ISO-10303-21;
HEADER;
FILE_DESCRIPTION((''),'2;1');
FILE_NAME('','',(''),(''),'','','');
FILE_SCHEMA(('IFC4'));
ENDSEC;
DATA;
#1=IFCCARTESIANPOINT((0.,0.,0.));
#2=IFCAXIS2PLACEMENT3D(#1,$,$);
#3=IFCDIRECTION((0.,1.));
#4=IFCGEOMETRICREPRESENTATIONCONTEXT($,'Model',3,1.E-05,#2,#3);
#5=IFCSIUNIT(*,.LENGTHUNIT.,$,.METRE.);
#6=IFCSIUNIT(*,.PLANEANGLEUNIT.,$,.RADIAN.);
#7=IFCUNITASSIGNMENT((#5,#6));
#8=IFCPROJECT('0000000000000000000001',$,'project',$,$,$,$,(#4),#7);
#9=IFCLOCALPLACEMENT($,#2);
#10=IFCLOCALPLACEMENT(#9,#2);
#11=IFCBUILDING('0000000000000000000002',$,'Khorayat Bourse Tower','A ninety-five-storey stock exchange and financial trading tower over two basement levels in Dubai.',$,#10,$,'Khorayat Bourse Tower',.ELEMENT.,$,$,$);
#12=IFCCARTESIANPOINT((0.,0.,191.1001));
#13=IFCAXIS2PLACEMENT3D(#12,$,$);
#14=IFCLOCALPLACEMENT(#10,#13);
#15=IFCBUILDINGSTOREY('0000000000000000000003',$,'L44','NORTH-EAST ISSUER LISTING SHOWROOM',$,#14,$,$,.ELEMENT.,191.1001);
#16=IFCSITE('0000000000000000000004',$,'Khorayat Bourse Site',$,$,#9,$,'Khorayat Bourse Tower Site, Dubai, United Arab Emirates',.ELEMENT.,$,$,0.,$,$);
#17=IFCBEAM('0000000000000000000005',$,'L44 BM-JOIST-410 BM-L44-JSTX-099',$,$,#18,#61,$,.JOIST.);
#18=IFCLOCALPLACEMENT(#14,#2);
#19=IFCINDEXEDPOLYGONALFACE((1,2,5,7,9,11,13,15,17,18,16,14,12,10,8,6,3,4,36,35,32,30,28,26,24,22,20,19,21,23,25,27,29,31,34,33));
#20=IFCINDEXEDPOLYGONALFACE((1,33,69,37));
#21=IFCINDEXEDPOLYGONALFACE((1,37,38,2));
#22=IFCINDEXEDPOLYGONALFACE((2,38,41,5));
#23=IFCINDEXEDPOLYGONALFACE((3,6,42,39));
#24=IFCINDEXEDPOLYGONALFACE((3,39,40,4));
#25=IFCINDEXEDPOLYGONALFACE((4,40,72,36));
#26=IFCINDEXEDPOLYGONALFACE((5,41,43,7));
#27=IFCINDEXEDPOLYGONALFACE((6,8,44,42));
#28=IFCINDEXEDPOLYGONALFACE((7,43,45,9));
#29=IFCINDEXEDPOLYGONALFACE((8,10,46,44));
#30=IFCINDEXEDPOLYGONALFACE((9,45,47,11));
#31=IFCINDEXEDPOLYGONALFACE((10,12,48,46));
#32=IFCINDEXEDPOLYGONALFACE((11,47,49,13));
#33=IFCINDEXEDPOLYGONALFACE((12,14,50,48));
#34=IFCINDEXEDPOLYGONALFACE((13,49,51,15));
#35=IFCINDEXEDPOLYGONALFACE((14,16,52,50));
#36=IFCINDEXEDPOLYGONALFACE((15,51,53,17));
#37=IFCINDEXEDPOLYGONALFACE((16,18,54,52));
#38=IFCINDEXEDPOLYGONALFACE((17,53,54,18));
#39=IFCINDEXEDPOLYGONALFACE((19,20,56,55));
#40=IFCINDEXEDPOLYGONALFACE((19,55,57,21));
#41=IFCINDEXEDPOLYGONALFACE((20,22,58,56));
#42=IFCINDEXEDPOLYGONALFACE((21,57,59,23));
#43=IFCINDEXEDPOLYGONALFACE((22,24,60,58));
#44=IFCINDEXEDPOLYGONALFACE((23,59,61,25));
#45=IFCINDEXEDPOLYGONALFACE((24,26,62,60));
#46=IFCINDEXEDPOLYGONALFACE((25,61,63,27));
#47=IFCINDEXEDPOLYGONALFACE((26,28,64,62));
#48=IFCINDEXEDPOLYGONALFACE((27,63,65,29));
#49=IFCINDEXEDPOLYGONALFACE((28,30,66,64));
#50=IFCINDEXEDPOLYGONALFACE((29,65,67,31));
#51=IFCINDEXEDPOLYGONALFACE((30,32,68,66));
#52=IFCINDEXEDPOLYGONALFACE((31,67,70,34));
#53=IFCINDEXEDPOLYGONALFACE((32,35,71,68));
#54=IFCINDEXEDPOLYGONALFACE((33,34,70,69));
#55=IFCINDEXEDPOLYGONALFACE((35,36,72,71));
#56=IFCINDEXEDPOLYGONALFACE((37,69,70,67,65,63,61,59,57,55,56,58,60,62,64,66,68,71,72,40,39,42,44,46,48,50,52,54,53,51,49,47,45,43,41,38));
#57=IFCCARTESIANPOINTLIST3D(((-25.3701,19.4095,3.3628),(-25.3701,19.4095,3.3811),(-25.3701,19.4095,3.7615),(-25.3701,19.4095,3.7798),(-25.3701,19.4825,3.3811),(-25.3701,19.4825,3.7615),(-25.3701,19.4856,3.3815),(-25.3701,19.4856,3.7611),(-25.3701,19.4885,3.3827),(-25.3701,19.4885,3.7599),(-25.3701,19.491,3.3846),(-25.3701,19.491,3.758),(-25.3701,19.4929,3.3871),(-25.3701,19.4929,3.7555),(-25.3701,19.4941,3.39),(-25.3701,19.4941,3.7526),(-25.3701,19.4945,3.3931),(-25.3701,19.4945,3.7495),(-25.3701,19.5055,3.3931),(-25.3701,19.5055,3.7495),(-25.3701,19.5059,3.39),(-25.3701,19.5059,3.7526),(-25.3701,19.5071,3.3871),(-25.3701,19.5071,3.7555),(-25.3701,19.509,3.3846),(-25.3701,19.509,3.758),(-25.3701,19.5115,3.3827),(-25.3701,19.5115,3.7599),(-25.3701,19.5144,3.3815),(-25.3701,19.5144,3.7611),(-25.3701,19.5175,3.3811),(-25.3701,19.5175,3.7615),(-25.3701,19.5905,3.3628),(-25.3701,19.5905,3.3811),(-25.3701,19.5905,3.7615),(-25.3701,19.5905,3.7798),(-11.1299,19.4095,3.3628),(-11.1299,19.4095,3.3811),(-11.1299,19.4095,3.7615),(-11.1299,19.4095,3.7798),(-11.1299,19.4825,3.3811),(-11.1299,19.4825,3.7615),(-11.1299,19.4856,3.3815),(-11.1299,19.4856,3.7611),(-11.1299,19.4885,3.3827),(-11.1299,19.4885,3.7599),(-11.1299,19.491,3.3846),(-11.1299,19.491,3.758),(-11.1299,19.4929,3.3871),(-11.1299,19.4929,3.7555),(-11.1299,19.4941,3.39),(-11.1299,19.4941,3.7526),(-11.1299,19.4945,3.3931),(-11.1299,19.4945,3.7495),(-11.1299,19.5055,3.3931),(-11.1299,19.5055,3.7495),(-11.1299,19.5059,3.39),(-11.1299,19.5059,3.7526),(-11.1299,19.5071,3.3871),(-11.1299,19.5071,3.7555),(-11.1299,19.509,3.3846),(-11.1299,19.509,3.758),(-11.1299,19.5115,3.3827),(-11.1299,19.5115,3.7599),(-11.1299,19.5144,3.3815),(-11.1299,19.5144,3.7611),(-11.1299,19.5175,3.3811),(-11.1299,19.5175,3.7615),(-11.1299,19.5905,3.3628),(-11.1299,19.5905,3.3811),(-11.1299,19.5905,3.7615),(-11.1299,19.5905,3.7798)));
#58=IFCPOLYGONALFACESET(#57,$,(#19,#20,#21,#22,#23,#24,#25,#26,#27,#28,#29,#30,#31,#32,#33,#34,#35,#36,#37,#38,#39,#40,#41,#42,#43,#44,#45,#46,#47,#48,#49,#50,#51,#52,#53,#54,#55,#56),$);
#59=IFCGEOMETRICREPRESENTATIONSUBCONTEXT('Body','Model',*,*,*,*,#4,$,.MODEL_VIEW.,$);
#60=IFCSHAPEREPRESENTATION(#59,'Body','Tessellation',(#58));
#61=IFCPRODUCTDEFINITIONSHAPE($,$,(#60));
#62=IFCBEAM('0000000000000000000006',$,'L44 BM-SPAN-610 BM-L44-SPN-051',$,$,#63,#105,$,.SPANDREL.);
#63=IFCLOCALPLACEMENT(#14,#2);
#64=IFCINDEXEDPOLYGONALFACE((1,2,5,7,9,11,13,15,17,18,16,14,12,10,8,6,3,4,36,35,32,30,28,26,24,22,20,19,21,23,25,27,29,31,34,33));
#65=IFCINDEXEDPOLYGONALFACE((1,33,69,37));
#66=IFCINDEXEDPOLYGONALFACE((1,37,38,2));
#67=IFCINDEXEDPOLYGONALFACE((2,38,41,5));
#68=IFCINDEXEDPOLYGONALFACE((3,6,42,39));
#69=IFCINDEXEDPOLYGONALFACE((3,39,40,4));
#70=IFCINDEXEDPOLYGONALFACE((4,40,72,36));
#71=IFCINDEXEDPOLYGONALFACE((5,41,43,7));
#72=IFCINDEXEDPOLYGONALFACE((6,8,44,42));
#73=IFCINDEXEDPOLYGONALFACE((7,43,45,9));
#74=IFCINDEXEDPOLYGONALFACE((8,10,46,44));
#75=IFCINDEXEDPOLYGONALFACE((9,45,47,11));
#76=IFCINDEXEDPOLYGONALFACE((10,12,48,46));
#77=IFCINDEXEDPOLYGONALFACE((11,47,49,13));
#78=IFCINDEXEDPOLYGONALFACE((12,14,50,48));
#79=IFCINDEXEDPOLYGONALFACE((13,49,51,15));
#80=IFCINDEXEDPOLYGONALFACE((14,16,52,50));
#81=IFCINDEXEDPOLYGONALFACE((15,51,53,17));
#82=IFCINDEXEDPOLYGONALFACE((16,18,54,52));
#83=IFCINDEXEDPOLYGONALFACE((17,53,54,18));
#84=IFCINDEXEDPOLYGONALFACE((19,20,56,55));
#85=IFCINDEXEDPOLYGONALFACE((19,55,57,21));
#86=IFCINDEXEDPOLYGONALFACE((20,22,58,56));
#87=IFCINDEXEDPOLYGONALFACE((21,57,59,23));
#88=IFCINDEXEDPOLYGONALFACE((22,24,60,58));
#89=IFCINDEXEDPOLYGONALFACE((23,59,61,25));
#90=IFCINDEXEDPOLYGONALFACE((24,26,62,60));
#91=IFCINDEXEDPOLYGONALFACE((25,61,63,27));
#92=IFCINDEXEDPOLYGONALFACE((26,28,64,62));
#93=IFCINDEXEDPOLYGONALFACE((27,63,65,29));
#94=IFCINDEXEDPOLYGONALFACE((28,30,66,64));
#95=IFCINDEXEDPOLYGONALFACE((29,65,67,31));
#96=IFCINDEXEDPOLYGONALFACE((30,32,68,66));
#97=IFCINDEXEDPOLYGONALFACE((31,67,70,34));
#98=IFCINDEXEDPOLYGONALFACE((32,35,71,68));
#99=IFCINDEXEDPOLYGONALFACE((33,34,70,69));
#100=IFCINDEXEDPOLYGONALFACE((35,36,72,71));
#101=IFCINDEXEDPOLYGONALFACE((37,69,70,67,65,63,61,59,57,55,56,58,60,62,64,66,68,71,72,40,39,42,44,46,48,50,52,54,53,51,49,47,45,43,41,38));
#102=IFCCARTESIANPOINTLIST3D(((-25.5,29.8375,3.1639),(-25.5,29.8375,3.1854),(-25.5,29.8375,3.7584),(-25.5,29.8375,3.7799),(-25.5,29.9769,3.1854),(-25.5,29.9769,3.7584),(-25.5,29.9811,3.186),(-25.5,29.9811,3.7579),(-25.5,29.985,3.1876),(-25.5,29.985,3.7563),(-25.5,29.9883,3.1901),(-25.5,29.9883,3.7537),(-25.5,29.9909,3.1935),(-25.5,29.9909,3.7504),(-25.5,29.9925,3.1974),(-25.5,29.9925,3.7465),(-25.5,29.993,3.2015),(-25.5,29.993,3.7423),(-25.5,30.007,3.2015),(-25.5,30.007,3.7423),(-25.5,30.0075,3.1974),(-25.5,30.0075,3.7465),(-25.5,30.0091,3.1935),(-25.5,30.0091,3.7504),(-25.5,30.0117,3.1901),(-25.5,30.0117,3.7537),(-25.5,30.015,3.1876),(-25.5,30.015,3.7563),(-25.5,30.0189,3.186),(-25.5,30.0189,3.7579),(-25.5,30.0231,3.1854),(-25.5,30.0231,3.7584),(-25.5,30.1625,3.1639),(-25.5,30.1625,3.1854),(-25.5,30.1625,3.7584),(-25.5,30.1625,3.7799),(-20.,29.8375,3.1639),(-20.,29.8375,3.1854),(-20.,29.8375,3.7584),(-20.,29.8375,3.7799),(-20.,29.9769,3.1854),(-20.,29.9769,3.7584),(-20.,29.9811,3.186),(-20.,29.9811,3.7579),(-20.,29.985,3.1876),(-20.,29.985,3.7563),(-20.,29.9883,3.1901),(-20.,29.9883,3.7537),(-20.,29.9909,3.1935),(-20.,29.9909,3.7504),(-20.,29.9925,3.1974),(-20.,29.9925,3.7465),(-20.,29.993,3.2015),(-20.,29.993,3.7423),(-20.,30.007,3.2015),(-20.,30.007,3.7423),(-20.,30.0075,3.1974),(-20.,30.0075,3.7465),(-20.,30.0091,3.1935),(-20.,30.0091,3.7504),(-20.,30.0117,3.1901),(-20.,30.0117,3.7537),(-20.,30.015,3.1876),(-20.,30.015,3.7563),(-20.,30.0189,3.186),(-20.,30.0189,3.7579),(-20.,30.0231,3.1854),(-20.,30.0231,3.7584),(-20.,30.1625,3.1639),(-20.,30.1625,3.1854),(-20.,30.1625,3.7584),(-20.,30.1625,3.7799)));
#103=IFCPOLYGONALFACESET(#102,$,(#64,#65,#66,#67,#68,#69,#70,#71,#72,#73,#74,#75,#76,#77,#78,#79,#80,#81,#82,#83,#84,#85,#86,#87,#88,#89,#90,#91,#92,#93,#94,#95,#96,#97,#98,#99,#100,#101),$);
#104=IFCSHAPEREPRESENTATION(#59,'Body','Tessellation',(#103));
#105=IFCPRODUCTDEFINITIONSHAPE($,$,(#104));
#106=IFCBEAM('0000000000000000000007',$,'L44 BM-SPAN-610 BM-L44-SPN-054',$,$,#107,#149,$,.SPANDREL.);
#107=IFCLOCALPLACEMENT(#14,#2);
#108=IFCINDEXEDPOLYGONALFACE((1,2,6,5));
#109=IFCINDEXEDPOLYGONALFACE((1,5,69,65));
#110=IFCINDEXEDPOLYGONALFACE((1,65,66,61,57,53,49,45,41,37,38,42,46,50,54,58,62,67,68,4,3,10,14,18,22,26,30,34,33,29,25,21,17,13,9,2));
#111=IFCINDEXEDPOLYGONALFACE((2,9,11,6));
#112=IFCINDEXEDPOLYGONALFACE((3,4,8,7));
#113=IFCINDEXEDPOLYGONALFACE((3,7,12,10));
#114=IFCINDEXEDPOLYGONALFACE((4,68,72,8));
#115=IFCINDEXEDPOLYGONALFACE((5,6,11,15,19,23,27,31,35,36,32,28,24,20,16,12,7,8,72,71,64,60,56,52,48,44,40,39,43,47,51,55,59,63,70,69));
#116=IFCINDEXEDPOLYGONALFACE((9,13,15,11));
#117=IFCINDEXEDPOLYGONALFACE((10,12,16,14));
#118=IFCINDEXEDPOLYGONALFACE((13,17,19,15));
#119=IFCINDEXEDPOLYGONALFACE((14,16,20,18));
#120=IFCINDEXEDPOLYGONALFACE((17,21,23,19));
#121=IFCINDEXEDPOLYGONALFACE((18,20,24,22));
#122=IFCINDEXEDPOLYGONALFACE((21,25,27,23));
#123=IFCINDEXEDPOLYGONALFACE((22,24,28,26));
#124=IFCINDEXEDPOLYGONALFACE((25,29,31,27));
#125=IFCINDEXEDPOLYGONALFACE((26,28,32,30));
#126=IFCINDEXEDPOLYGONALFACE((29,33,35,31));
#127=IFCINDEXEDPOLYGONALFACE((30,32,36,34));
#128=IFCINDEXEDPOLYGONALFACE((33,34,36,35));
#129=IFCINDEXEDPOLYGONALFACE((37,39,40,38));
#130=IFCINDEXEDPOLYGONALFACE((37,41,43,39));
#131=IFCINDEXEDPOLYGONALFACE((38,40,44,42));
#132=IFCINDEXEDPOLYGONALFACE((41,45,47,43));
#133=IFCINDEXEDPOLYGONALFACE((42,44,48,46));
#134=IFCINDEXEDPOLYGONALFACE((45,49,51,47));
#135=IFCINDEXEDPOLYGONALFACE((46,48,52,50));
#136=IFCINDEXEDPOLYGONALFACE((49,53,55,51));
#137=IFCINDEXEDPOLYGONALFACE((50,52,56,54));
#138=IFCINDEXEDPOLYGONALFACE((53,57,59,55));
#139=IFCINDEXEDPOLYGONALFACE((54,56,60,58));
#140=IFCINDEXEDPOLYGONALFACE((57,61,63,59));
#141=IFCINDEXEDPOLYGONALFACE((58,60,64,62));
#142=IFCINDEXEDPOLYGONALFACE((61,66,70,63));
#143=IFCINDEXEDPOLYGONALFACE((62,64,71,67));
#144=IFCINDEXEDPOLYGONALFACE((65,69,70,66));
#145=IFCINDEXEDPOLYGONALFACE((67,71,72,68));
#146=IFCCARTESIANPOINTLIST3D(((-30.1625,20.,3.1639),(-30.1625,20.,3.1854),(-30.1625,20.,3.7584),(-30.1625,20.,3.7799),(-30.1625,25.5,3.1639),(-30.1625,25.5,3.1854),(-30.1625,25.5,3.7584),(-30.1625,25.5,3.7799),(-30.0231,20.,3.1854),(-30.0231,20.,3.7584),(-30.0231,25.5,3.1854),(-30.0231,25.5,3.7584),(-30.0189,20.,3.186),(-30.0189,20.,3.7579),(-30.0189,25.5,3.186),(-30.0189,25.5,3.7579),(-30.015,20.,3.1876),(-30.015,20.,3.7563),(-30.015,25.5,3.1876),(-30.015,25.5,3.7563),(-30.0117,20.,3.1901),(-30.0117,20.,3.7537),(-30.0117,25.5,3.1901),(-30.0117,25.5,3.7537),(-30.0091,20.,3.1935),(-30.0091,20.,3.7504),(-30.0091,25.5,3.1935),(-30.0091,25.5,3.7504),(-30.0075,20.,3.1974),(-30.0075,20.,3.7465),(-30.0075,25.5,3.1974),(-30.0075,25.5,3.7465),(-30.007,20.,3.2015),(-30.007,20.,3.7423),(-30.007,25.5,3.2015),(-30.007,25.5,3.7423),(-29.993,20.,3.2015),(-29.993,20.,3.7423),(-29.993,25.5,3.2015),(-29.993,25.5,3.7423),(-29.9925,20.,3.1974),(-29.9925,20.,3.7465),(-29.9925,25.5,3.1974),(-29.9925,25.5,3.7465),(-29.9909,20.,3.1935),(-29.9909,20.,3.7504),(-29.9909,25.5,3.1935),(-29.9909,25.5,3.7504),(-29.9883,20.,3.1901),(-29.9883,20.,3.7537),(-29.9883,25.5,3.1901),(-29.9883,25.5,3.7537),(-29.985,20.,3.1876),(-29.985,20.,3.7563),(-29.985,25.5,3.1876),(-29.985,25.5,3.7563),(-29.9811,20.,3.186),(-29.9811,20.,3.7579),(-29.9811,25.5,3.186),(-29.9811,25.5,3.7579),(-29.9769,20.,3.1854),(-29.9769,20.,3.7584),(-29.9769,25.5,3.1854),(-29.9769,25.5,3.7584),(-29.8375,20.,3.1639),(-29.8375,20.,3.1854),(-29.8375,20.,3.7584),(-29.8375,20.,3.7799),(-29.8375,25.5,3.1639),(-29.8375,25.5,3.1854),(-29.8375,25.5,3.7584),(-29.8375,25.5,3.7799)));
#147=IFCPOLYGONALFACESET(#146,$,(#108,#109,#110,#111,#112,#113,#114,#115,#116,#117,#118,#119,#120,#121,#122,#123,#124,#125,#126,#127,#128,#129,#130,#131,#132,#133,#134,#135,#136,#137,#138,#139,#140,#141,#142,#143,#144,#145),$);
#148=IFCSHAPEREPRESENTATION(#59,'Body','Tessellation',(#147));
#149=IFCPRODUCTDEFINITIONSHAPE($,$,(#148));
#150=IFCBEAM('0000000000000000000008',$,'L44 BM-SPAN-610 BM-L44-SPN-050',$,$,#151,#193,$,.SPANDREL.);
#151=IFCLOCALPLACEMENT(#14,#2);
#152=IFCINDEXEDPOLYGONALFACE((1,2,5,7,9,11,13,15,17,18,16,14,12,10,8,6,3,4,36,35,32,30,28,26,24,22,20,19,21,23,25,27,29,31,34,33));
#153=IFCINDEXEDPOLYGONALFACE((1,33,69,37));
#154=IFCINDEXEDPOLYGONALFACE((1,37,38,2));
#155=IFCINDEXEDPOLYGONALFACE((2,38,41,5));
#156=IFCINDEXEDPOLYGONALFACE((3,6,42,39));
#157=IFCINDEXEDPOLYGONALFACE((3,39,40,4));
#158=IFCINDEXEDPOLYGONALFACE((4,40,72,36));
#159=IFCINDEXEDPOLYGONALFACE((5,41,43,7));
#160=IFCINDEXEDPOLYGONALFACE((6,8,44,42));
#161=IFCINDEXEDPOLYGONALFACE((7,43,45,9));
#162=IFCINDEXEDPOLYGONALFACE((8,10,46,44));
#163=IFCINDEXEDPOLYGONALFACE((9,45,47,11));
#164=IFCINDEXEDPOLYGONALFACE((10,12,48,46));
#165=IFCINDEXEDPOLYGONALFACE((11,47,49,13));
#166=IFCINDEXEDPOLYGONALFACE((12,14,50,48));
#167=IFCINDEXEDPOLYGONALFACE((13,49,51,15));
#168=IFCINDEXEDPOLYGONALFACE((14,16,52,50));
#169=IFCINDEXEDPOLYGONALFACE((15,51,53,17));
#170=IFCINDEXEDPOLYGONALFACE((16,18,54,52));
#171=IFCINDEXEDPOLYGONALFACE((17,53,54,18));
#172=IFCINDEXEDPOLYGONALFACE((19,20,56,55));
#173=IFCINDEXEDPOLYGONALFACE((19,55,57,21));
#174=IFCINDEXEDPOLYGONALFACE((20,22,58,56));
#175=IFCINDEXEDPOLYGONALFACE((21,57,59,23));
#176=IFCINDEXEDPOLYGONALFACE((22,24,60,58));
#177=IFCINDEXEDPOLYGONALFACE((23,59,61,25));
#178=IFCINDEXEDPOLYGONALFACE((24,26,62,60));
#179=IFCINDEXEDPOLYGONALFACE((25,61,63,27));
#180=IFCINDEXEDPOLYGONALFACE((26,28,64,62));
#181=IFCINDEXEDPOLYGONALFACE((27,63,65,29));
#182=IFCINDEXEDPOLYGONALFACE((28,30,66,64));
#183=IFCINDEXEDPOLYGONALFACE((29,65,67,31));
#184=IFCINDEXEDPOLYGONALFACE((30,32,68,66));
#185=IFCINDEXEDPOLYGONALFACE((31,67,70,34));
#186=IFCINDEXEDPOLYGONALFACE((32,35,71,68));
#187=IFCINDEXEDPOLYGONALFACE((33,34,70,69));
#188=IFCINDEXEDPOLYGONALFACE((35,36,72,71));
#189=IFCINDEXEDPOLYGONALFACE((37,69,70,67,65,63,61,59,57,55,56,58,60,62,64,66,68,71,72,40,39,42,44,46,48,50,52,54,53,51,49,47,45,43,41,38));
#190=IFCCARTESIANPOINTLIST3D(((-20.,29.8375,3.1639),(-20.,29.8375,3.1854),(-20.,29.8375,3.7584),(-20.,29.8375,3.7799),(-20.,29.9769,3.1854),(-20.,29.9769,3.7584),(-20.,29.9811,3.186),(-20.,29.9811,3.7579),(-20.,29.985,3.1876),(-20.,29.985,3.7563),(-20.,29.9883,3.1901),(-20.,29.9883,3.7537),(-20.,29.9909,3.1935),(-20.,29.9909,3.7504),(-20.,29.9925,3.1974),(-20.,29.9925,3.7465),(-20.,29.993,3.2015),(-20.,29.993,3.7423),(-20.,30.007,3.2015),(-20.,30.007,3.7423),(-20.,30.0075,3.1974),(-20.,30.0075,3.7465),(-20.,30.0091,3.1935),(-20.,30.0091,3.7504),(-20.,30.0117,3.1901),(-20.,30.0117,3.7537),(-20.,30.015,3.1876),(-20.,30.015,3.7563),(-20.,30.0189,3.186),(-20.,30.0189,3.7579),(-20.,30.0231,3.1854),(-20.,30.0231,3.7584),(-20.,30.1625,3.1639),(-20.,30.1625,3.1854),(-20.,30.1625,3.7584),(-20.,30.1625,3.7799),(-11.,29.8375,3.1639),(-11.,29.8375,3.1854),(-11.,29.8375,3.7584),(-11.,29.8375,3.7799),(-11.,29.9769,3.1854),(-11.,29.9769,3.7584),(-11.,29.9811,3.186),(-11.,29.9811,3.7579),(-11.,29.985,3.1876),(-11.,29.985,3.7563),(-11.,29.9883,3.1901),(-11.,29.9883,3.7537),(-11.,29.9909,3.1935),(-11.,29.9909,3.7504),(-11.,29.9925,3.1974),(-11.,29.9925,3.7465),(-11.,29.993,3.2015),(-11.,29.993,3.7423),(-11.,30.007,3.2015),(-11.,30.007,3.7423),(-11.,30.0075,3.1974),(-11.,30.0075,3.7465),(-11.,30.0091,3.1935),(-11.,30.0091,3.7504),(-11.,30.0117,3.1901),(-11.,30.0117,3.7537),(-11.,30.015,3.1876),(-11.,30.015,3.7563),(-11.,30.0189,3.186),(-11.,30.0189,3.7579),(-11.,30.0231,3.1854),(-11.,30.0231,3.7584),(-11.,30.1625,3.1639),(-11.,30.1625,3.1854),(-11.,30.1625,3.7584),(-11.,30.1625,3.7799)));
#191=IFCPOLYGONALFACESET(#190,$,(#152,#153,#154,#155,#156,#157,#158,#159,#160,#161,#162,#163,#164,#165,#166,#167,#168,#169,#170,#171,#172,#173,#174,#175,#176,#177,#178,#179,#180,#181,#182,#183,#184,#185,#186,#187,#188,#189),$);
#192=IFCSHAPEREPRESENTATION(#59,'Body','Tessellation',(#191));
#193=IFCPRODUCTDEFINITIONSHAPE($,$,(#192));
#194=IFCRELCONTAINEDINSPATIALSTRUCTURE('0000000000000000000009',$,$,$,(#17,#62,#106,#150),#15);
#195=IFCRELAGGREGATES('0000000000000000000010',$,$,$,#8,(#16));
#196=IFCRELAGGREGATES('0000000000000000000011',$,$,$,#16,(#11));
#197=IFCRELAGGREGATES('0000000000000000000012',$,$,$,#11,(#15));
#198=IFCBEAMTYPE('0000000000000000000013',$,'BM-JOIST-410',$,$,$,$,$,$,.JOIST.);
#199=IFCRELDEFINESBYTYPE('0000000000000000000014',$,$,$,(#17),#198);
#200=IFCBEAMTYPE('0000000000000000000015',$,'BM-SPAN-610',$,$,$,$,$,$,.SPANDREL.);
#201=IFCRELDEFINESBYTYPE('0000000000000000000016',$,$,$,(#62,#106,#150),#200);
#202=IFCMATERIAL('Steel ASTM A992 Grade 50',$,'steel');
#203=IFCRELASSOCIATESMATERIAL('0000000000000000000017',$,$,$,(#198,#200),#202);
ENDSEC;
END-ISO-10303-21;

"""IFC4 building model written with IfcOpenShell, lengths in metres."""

from ifc_helpers import new_model, si_unit, direction, frame, origin, origin_2d, place, context, subcontext, project, spatial, i_section, extrude, source, transform, mapped, material, material_profile, profile_set, type_object, element, save


model = new_model("IFC4")

# Units and contexts
model_context = context("Model", 3, precision=1e-05, world=origin(), true_north=direction((0.0, 1.0)))
body_context = subcontext(model_context, "Body", "Model", "MODEL_VIEW")
ifc_project = project(units=[si_unit("LENGTHUNIT", "METRE"), si_unit("PLANEANGLEUNIT", "RADIAN")], contexts=[model_context])

# Site, building, storey
site_placement = place(None, origin())
site = spatial("IfcSite", under=ifc_project, at=site_placement, Name="Khorayat Bourse Site", LongName="Khorayat Bourse Tower Site, Dubai, United Arab Emirates", CompositionType="ELEMENT", RefElevation=0.0)
building_placement = place(site_placement, origin())
building = spatial("IfcBuilding", under=site, at=building_placement, Name="Khorayat Bourse Tower", Description="A ninety-five-storey stock exchange and financial trading tower over two basement levels in Dubai.", LongName="Khorayat Bourse Tower", CompositionType="ELEMENT")
storey_placement = place(building_placement, frame((0.0, 0.0, 191.1001)))
storey = spatial("IfcBuildingStorey", under=building, at=storey_placement, Name="L44", Description="NORTH-EAST ISSUER LISTING SHOWROOM", CompositionType="ELEMENT", Elevation=191.1001)

# Beams
ifc_material_1 = material(Name="Steel ASTM A992 Grade 50", Category="steel")
ifc_material_profile_1 = material_profile(ifc_material_1, i_section(OverallWidth=0.1809, OverallDepth=0.417, WebThickness=0.011, FlangeThickness=0.0183, FilletRadius=0.012, at=origin_2d()), Name="W410X85")
ifc_profile_set_1 = profile_set([ifc_material_profile_1], Name="Steel ASTM A992 Grade 50")
beam_type_1 = type_object("IfcBeamType", Name="BM-JOIST-410", PredefinedType="JOIST", material=ifc_profile_set_1)
shared_shape_1 = source(origin(), body_context, "Body", "SweptSolid", [
    extrude(i_section(OverallWidth=0.1809, OverallDepth=0.417, WebThickness=0.011, FlangeThickness=0.0183, FilletRadius=0.012, at=origin_2d()), origin(), (0.0, 0.0, 1.0), 14.2402),
])
beam_1_placement = place(storey_placement, frame((-25.3701, 19.5, 3.5713), z_axis=(1.0, 0.0, 0.0), x_axis=(0.0, 1.0, 0.0)))
element("IfcBeam", 1, at=beam_1_placement, inside=storey, type_object=beam_type_1, Name="L44 BM-JOIST-410 BM-L44-JSTX-099", PredefinedType="JOIST", context=body_context, shape_type="MappedRepresentation", body=[
    mapped(shared_shape_1, transform((0.0, 0.0, 0.0), scale=1.0)),
])
ifc_material_profile_2 = material_profile(ifc_material_1, i_section(OverallWidth=0.325, OverallDepth=0.616, WebThickness=0.0139, FlangeThickness=0.0215, FilletRadius=0.0161, at=origin_2d()), Name="W610X174")
ifc_profile_set_2 = profile_set([ifc_material_profile_2], Name="Steel ASTM A992 Grade 50")
beam_type_2 = type_object("IfcBeamType", Name="BM-SPAN-610", PredefinedType="SPANDREL", material=ifc_profile_set_2)
shared_shape_2 = source(origin(), body_context, "Body", "SweptSolid", [
    extrude(i_section(OverallWidth=0.325, OverallDepth=0.616, WebThickness=0.0139, FlangeThickness=0.0215, FilletRadius=0.0161, at=origin_2d()), origin(), (0.0, 0.0, 1.0), 5.5),
])
for number, where, z_axis, x_axis, name in (
    (2, (-25.5, 30.0, 3.4719), (1.0, 0.0, 0.0), (0.0, 1.0, 0.0), "L44 BM-SPAN-610 BM-L44-SPN-051"),
    (3, (-30.0, 20.0, 3.4719), (0.0, 1.0, 0.0), (-1.0, 0.0, 0.0), "L44 BM-SPAN-610 BM-L44-SPN-054"),
):
    element("IfcBeam", number, at=place(storey_placement, frame(where, z_axis=z_axis, x_axis=x_axis)), inside=storey, type_object=beam_type_2, Name=name, PredefinedType="SPANDREL", context=body_context, shape_type="MappedRepresentation", body=[
        mapped(shared_shape_2, transform((0.0, 0.0, 0.0), scale=1.0)),
    ])
shared_shape_3 = source(origin(), body_context, "Body", "SweptSolid", [
    extrude(i_section(OverallWidth=0.325, OverallDepth=0.616, WebThickness=0.0139, FlangeThickness=0.0215, FilletRadius=0.0161, at=origin_2d()), origin(), (0.0, 0.0, 1.0), 9.0),
])
beam_2_placement = place(storey_placement, frame((-20.0, 30.0, 3.4719), z_axis=(1.0, 0.0, 0.0), x_axis=(0.0, 1.0, 0.0)))
element("IfcBeam", 4, at=beam_2_placement, inside=storey, type_object=beam_type_2, Name="L44 BM-SPAN-610 BM-L44-SPN-050", PredefinedType="SPANDREL", context=body_context, shape_type="MappedRepresentation", body=[
    mapped(shared_shape_3, transform((0.0, 0.0, 0.0), scale=1.0)),
])

save(model, "model.ifc")
